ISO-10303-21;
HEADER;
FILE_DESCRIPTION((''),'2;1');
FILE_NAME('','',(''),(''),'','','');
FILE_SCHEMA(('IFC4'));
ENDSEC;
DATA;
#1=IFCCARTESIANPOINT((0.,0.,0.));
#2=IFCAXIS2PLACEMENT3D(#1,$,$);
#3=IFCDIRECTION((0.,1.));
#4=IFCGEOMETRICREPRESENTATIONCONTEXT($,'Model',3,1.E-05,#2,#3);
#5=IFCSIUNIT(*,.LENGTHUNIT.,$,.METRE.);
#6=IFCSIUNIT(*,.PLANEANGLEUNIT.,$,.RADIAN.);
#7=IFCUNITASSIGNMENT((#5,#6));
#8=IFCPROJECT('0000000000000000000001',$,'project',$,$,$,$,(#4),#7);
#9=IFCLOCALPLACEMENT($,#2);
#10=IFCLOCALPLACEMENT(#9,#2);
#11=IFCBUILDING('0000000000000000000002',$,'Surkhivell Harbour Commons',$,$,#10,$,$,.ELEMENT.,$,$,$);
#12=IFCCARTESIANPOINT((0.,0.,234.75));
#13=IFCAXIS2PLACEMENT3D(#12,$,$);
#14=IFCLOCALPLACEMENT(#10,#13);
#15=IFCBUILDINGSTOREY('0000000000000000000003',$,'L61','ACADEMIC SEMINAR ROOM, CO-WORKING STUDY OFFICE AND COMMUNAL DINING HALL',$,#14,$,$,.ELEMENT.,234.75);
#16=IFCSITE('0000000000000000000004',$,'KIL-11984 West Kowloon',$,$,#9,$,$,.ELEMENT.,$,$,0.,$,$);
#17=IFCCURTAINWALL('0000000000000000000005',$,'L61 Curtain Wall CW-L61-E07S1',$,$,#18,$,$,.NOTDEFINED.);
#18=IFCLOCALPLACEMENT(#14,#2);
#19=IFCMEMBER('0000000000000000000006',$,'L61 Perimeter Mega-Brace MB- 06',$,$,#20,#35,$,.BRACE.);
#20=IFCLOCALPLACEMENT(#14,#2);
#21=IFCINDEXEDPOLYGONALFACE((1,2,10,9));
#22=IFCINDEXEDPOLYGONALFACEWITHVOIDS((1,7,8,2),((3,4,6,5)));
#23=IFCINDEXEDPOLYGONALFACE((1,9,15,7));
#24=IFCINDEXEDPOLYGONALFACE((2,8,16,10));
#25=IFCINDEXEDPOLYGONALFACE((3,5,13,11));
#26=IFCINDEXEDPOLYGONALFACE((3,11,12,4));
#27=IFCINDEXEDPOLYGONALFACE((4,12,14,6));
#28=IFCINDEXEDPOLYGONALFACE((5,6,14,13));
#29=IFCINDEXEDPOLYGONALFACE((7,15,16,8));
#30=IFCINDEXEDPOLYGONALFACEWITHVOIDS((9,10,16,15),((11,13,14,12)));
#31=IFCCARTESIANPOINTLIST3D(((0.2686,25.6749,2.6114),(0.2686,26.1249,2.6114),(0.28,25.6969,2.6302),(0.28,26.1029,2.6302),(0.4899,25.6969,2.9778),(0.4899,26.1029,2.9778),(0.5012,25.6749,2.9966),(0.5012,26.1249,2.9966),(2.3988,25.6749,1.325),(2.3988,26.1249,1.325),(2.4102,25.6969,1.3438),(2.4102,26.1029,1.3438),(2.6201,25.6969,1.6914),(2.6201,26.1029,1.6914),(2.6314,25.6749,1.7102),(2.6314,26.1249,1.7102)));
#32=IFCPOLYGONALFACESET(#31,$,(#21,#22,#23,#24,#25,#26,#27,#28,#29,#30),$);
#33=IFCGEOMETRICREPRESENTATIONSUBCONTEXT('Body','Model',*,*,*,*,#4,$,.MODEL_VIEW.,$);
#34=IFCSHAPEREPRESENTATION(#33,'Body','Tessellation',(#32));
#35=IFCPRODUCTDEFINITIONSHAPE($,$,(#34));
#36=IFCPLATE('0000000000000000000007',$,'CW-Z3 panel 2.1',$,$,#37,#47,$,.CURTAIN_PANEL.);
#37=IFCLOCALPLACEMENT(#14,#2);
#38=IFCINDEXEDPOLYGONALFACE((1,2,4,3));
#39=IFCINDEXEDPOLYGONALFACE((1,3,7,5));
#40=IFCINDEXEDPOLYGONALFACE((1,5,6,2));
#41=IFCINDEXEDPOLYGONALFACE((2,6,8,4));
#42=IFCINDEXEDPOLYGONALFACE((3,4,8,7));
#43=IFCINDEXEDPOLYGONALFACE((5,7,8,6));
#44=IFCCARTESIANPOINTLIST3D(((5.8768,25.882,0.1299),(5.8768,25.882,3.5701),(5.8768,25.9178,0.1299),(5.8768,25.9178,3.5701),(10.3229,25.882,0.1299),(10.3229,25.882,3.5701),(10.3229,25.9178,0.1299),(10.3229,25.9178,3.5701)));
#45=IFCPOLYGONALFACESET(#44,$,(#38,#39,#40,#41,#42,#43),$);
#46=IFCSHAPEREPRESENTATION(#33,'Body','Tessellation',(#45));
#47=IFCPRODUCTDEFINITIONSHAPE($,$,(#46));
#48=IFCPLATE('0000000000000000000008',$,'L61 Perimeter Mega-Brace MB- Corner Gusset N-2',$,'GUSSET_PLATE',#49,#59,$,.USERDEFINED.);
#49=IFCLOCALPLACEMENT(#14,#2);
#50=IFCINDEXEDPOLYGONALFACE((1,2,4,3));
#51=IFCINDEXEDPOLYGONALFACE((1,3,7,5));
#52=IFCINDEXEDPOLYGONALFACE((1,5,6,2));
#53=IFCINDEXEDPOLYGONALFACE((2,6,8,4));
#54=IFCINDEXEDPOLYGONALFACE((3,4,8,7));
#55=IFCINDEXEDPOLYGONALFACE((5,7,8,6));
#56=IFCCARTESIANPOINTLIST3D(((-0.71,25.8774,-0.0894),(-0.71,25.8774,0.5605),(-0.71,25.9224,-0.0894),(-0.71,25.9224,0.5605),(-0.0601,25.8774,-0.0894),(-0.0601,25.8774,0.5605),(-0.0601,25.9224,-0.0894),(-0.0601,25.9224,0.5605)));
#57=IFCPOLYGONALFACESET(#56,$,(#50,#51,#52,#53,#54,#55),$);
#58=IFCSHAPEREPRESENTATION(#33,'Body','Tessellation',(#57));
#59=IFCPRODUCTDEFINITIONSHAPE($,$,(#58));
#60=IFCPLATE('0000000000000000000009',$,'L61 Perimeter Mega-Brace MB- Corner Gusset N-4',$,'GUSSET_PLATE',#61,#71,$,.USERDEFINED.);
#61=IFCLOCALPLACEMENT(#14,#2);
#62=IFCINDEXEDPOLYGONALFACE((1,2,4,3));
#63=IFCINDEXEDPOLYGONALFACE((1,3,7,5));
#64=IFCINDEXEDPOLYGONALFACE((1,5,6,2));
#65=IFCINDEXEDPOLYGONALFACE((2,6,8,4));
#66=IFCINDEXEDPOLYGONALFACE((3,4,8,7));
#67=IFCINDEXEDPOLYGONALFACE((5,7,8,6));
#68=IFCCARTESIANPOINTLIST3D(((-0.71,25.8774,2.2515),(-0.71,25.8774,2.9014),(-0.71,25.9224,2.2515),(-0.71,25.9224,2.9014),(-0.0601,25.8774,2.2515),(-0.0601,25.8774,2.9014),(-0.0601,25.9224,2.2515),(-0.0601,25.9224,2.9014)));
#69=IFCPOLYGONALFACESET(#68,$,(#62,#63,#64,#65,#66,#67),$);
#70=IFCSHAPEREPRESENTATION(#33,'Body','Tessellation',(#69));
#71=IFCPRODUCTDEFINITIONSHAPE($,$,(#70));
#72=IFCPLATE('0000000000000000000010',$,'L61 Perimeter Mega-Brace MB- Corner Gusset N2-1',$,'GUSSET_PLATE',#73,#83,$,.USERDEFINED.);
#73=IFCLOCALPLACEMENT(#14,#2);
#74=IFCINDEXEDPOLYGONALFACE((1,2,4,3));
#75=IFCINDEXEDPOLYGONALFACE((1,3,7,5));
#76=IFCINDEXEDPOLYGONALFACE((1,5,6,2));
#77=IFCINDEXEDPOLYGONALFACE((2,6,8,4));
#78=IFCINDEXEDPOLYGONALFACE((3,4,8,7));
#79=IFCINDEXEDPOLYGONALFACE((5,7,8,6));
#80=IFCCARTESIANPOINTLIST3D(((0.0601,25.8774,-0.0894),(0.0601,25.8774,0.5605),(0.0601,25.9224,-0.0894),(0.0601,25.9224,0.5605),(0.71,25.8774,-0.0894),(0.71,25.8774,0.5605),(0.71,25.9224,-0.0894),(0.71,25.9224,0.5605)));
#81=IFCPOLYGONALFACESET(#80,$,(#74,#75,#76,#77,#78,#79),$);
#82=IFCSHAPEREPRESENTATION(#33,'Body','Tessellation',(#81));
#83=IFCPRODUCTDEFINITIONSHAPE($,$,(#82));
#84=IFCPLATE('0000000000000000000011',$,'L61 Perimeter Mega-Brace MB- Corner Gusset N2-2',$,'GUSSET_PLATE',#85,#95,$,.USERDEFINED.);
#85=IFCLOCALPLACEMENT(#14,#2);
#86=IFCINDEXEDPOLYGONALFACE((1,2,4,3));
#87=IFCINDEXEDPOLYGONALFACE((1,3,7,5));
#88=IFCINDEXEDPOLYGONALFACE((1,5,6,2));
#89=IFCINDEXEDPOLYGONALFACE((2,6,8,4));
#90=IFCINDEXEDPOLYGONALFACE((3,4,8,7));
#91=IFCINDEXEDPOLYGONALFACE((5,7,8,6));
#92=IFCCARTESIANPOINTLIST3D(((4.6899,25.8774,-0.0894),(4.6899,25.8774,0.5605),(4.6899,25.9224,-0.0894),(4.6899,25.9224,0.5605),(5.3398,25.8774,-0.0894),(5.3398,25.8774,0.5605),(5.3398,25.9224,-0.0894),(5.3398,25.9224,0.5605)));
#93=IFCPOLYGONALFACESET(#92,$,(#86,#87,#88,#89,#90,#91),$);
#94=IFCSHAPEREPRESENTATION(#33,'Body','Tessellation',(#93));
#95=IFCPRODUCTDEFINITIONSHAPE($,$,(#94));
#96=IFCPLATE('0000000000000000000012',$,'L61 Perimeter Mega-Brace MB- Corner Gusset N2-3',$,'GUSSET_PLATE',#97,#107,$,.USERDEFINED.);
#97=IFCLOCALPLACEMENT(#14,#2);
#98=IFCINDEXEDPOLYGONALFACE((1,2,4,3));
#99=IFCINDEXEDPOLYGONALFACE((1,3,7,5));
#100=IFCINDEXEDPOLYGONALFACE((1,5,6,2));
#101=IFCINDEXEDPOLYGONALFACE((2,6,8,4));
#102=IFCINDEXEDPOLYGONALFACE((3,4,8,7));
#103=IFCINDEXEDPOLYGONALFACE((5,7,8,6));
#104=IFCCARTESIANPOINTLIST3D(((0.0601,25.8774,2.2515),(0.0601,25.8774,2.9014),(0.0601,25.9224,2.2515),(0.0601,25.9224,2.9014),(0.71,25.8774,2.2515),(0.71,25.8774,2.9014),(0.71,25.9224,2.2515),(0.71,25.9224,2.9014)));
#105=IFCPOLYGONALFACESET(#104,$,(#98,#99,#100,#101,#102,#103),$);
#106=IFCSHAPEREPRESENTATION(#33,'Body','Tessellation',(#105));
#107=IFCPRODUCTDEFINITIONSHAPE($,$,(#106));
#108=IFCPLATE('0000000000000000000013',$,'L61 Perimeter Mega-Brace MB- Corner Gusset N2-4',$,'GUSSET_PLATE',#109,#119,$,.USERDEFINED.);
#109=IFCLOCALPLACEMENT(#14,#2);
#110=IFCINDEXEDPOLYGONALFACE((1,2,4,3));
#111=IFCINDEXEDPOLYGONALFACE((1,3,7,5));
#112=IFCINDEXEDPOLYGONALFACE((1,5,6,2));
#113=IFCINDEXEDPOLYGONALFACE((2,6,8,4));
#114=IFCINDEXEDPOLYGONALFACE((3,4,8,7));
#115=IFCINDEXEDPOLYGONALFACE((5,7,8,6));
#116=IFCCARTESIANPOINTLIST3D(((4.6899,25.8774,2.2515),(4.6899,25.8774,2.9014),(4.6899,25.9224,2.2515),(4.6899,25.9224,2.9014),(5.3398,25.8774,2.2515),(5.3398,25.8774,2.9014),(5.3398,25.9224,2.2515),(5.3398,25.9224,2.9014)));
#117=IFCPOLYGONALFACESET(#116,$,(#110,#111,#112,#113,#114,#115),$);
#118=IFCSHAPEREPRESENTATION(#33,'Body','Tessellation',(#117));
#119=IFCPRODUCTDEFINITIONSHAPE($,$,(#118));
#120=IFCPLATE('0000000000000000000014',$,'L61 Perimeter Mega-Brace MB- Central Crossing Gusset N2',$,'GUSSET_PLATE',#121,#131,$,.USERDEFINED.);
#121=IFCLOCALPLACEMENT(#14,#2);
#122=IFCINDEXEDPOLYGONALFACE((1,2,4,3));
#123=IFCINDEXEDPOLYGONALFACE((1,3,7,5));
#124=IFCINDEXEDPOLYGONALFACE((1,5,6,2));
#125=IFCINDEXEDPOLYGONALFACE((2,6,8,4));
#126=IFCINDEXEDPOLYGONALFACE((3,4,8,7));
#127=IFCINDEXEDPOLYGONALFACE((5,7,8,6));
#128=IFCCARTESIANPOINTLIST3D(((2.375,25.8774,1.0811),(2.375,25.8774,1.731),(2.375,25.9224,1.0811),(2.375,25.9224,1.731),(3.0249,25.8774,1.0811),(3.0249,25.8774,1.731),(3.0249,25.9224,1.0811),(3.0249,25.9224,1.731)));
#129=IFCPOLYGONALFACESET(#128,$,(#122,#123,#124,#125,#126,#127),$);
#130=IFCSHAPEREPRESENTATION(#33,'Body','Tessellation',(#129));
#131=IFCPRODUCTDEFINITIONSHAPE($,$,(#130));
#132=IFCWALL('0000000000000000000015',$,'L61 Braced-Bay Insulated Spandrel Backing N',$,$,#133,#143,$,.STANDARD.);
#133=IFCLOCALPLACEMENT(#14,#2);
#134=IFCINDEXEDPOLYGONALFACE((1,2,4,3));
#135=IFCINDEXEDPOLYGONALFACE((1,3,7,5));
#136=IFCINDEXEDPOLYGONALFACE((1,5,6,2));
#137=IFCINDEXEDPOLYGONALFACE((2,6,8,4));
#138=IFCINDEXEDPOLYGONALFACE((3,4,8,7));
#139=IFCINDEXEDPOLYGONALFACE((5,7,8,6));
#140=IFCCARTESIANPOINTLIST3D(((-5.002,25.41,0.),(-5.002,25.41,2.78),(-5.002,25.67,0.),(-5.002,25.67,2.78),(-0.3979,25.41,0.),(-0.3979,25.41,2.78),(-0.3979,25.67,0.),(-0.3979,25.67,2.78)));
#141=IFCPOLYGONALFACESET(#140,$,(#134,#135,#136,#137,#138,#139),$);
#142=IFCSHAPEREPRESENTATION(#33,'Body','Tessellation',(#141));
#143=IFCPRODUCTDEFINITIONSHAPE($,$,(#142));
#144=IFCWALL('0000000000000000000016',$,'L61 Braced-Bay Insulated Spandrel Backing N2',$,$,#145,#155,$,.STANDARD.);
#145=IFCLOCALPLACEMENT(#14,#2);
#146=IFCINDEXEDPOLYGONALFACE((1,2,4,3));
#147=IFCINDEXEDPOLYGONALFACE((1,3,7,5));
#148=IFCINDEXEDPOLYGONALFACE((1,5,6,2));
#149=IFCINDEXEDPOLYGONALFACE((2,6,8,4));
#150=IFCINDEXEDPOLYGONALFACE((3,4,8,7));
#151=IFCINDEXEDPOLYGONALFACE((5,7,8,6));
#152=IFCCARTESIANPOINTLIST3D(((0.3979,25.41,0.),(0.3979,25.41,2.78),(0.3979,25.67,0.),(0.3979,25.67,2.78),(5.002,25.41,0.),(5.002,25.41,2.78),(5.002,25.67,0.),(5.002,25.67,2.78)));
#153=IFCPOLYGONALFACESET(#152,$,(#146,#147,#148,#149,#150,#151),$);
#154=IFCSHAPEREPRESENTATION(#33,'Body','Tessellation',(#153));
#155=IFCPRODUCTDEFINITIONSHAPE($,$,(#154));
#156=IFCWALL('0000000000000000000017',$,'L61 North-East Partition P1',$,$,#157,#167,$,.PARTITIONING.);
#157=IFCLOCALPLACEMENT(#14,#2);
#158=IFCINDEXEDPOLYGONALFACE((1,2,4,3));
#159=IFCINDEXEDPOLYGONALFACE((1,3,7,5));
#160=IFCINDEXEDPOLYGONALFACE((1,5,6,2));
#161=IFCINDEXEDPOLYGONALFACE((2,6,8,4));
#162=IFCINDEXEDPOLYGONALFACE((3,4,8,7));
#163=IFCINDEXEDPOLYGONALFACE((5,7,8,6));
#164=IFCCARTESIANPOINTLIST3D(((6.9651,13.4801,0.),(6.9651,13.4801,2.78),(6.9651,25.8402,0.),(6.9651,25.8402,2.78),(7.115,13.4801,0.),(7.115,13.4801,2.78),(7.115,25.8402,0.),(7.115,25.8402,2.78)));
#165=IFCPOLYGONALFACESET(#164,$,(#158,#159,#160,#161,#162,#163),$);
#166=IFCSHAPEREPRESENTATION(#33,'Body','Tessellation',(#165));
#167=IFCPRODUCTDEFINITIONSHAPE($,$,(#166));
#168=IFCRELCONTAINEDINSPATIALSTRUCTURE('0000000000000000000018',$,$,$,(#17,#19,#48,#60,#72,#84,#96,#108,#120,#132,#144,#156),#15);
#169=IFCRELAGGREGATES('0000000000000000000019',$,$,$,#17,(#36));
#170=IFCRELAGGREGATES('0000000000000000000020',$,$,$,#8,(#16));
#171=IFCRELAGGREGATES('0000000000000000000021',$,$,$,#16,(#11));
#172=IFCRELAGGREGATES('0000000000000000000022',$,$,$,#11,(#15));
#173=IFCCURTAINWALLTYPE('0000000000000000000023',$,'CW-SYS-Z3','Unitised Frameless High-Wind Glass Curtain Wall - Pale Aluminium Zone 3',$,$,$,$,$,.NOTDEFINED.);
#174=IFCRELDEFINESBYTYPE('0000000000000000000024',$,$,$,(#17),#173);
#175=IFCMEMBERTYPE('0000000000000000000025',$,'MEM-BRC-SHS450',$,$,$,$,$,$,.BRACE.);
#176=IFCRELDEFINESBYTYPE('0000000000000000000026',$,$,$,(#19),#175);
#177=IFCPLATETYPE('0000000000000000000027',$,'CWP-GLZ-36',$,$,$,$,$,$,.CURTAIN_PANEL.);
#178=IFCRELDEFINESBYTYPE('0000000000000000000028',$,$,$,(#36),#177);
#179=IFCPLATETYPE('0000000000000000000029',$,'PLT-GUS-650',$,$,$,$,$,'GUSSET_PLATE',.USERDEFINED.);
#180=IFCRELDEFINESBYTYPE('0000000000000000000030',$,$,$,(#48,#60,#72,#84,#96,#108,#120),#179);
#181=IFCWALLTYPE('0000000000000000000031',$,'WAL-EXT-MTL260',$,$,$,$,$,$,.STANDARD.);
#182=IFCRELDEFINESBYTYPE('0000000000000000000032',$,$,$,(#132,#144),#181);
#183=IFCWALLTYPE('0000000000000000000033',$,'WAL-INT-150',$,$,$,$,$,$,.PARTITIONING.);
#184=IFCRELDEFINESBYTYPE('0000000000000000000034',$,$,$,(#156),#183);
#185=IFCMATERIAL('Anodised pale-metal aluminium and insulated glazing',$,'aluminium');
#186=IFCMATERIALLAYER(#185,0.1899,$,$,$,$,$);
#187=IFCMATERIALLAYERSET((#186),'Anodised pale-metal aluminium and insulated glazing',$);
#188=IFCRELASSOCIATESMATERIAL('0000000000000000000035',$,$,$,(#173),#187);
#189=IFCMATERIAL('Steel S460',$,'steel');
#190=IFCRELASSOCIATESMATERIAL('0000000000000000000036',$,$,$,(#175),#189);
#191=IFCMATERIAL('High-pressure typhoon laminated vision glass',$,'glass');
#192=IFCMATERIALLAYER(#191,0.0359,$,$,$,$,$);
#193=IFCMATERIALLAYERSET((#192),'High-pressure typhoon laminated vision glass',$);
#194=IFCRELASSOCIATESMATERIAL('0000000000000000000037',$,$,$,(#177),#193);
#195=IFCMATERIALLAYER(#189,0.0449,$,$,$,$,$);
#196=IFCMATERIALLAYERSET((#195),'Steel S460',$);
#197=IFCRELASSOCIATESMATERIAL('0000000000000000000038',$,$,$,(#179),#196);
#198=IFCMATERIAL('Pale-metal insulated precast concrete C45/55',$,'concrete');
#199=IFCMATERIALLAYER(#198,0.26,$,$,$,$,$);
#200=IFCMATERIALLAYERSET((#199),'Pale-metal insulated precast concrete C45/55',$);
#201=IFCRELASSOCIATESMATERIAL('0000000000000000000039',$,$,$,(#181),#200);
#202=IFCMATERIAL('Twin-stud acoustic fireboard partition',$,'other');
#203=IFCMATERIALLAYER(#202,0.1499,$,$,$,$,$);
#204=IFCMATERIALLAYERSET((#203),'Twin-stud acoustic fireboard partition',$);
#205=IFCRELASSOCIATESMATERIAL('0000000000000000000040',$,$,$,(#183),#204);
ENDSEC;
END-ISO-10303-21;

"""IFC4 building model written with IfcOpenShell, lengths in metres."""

from ifc_helpers import new_model, si_unit, direction, frame, frame_2d, origin, origin_2d, place, context, subcontext, project, spatial, rectangle, hollow_rectangle, extrude, material, layer, layer_set, material_profile, profile_set, type_object, element, aggregate, save


model = new_model("IFC4")

# Units and contexts
model_context = context("Model", 3, precision=1e-05, world=origin(), true_north=direction((0.0, 1.0)))
body_context = subcontext(model_context, "Body", "Model", "MODEL_VIEW")
ifc_project = project(units=[si_unit("LENGTHUNIT", "METRE"), si_unit("PLANEANGLEUNIT", "RADIAN")], contexts=[model_context])

# Site, building, storey
site_placement = place(None, origin())
site = spatial("IfcSite", under=ifc_project, at=site_placement, Name="KIL-11984 West Kowloon", CompositionType="ELEMENT", RefElevation=0.0)
building_placement = place(site_placement, origin())
building = spatial("IfcBuilding", under=site, at=building_placement, Name="Surkhivell Harbour Commons", CompositionType="ELEMENT")
storey_placement = place(building_placement, frame((0.0, 0.0, 234.75)))
storey = spatial("IfcBuildingStorey", under=building, at=storey_placement, Name="L61", Description="ACADEMIC SEMINAR ROOM, CO-WORKING STUDY OFFICE AND COMMUNAL DINING HALL", CompositionType="ELEMENT", Elevation=234.75)

# Curtain wall
ifc_material_1 = material(Name="Anodised pale-metal aluminium and insulated glazing", Category="aluminium")
ifc_layer_1 = layer(ifc_material_1, 0.1899)
ifc_layer_set_1 = layer_set([ifc_layer_1], Name="Anodised pale-metal aluminium and insulated glazing")
curtain_wall_type = type_object("IfcCurtainWallType", Name="CW-SYS-Z3", Description="Unitised Frameless High-Wind Glass Curtain Wall - Pale Aluminium Zone 3", PredefinedType="NOTDEFINED", material=ifc_layer_set_1)
curtain_wall_placement = place(storey_placement, origin())
curtain_wall = element("IfcCurtainWall", 1, at=curtain_wall_placement, inside=storey, type_object=curtain_wall_type, Name="L61 Curtain Wall CW-L61-E07S1", PredefinedType="NOTDEFINED")

# Member
ifc_material_2 = material(Name="Steel S460", Category="steel")
ifc_material_profile_1 = material_profile(ifc_material_2, hollow_rectangle(XDim=0.45, YDim=0.45, WallThickness=0.022, at=origin_2d()), Name="SHS450x450x22")
ifc_profile_set_1 = profile_set([ifc_material_profile_1], Name="Steel S460")
member_type_1 = type_object("IfcMemberType", Name="MEM-BRC-SHS450", PredefinedType="BRACE", material=ifc_profile_set_1)
member_1_placement = place(storey_placement, frame((2.5151, 25.8999, 1.5176), z_axis=(-0.856018, 0.0, 0.516946), x_axis=(0.0, -1.0, 0.0)))
element("IfcMember", 2, at=member_1_placement, inside=storey, type_object=member_type_1, Name="L61 Perimeter Mega-Brace MB- 06", PredefinedType="BRACE", context=body_context, shape_type="SweptSolid", body=[
    extrude(hollow_rectangle(XDim=0.45, YDim=0.45, WallThickness=0.022, at=origin_2d()), origin(), (0.0, 0.0, 1.0), 2.4885),
])

# Plate
ifc_material_3 = material(Name="High-pressure typhoon laminated vision glass", Category="glass")
ifc_layer_2 = layer(ifc_material_3, 0.0359)
ifc_layer_set_2 = layer_set([ifc_layer_2], Name="High-pressure typhoon laminated vision glass")
plate_type_1 = type_object("IfcPlateType", Name="CWP-GLZ-36", PredefinedType="CURTAIN_PANEL", material=ifc_layer_set_2)
plate_placement = place(storey_placement, frame((10.323, 25.8999, 0.1299), z_axis=(0.0, 0.0, 1.0), x_axis=(-1.0, 0.0, 0.0)))
plate = element("IfcPlate", 3, at=plate_placement, type_object=plate_type_1, Name="CW-Z3 panel 2.1", PredefinedType="CURTAIN_PANEL", context=body_context, shape_type="SweptSolid", body=[
    extrude(rectangle(XDim=4.446, YDim=0.0359, at=frame_2d((2.2231, 0.0))), origin(), (0.0, 0.0, 1.0), 3.4402),
])
aggregate(curtain_wall, [plate])

# Plates
ifc_layer_3 = layer(ifc_material_2, 0.0449)
ifc_layer_set_3 = layer_set([ifc_layer_3], Name="Steel S460")
plate_type_2 = type_object("IfcPlateType", Name="PLT-GUS-650", ElementType="GUSSET_PLATE", PredefinedType="USERDEFINED", material=ifc_layer_set_3)
for number, where, z_axis, x_axis, name in (
    (4, (-0.385, 25.8999, -0.0894), (0.0, 0.0, 1.0), (1.0, 0.0, 0.0), "L61 Perimeter Mega-Brace MB- Corner Gusset N-2"),
    (5, (-0.385, 25.8999, 2.2515), (0.0, 0.0, 1.0), (1.0, 0.0, 0.0), "L61 Perimeter Mega-Brace MB- Corner Gusset N-4"),
    (6, (0.385, 25.8999, -0.0894), (0.0, 0.0, 1.0), (1.0, 0.0, 0.0), "L61 Perimeter Mega-Brace MB- Corner Gusset N2-1"),
    (7, (5.0149, 25.8999, -0.0894), (0.0, 0.0, 1.0), (1.0, 0.0, 0.0), "L61 Perimeter Mega-Brace MB- Corner Gusset N2-2"),
    (8, (0.385, 25.8999, 2.2515), (0.0, 0.0, 1.0), (1.0, 0.0, 0.0), "L61 Perimeter Mega-Brace MB- Corner Gusset N2-3"),
    (9, (5.0149, 25.8999, 2.2515), (0.0, 0.0, 1.0), (1.0, 0.0, 0.0), "L61 Perimeter Mega-Brace MB- Corner Gusset N2-4"),
    (10, (2.7, 25.8999, 1.0811), (0.0, 0.0, 1.0), (1.0, 0.0, 0.0), "L61 Perimeter Mega-Brace MB- Central Crossing Gusset N2"),
):
    element("IfcPlate", number, at=place(storey_placement, frame(where, z_axis=z_axis, x_axis=x_axis)), inside=storey, type_object=plate_type_2, Name=name, ObjectType="GUSSET_PLATE", PredefinedType="USERDEFINED", context=body_context, shape_type="SweptSolid", body=[
        extrude(rectangle(XDim=0.6499, YDim=0.0449, at=origin_2d()), origin(), (0.0, 0.0, 1.0), 0.6499),
    ])

# Walls
ifc_material_4 = material(Name="Pale-metal insulated precast concrete C45/55", Category="concrete")
ifc_layer_4 = layer(ifc_material_4, 0.26)
ifc_layer_set_4 = layer_set([ifc_layer_4], Name="Pale-metal insulated precast concrete C45/55")
wall_type_1 = type_object("IfcWallType", Name="WAL-EXT-MTL260", PredefinedType="STANDARD", material=ifc_layer_set_4)
for number, where, z_axis, x_axis, name in (
    (11, (-0.3979, 25.54, 0.0), (0.0, 0.0, 1.0), (-1.0, 0.0, 0.0), "L61 Braced-Bay Insulated Spandrel Backing N"),
    (12, (5.002, 25.54, 0.0), (0.0, 0.0, 1.0), (-1.0, 0.0, 0.0), "L61 Braced-Bay Insulated Spandrel Backing N2"),
):
    element("IfcWall", number, at=place(storey_placement, frame(where, z_axis=z_axis, x_axis=x_axis)), inside=storey, type_object=wall_type_1, Name=name, PredefinedType="STANDARD", context=body_context, shape_type="SweptSolid", body=[
        extrude(rectangle(XDim=4.604, YDim=0.26, at=frame_2d((2.302, 0.0))), origin(), (0.0, 0.0, 1.0), 2.78),
    ])
ifc_material_5 = material(Name="Twin-stud acoustic fireboard partition", Category="other")
ifc_layer_5 = layer(ifc_material_5, 0.1499)
ifc_layer_set_5 = layer_set([ifc_layer_5], Name="Twin-stud acoustic fireboard partition")
wall_type_2 = type_object("IfcWallType", Name="WAL-INT-150", PredefinedType="PARTITIONING", material=ifc_layer_set_5)
wall_1_placement = place(storey_placement, frame((7.04, 13.48, 0.0), z_axis=(0.0, 0.0, 1.0), x_axis=(0.0, 1.0, 0.0)))
element("IfcWall", 13, at=wall_1_placement, inside=storey, type_object=wall_type_2, Name="L61 North-East Partition P1", PredefinedType="PARTITIONING", context=body_context, shape_type="SweptSolid", body=[
    extrude(rectangle(XDim=12.3601, YDim=0.1499, at=frame_2d((6.1802, 0.0))), origin(), (0.0, 0.0, 1.0), 2.78),
])

save(model, "model.ifc")
